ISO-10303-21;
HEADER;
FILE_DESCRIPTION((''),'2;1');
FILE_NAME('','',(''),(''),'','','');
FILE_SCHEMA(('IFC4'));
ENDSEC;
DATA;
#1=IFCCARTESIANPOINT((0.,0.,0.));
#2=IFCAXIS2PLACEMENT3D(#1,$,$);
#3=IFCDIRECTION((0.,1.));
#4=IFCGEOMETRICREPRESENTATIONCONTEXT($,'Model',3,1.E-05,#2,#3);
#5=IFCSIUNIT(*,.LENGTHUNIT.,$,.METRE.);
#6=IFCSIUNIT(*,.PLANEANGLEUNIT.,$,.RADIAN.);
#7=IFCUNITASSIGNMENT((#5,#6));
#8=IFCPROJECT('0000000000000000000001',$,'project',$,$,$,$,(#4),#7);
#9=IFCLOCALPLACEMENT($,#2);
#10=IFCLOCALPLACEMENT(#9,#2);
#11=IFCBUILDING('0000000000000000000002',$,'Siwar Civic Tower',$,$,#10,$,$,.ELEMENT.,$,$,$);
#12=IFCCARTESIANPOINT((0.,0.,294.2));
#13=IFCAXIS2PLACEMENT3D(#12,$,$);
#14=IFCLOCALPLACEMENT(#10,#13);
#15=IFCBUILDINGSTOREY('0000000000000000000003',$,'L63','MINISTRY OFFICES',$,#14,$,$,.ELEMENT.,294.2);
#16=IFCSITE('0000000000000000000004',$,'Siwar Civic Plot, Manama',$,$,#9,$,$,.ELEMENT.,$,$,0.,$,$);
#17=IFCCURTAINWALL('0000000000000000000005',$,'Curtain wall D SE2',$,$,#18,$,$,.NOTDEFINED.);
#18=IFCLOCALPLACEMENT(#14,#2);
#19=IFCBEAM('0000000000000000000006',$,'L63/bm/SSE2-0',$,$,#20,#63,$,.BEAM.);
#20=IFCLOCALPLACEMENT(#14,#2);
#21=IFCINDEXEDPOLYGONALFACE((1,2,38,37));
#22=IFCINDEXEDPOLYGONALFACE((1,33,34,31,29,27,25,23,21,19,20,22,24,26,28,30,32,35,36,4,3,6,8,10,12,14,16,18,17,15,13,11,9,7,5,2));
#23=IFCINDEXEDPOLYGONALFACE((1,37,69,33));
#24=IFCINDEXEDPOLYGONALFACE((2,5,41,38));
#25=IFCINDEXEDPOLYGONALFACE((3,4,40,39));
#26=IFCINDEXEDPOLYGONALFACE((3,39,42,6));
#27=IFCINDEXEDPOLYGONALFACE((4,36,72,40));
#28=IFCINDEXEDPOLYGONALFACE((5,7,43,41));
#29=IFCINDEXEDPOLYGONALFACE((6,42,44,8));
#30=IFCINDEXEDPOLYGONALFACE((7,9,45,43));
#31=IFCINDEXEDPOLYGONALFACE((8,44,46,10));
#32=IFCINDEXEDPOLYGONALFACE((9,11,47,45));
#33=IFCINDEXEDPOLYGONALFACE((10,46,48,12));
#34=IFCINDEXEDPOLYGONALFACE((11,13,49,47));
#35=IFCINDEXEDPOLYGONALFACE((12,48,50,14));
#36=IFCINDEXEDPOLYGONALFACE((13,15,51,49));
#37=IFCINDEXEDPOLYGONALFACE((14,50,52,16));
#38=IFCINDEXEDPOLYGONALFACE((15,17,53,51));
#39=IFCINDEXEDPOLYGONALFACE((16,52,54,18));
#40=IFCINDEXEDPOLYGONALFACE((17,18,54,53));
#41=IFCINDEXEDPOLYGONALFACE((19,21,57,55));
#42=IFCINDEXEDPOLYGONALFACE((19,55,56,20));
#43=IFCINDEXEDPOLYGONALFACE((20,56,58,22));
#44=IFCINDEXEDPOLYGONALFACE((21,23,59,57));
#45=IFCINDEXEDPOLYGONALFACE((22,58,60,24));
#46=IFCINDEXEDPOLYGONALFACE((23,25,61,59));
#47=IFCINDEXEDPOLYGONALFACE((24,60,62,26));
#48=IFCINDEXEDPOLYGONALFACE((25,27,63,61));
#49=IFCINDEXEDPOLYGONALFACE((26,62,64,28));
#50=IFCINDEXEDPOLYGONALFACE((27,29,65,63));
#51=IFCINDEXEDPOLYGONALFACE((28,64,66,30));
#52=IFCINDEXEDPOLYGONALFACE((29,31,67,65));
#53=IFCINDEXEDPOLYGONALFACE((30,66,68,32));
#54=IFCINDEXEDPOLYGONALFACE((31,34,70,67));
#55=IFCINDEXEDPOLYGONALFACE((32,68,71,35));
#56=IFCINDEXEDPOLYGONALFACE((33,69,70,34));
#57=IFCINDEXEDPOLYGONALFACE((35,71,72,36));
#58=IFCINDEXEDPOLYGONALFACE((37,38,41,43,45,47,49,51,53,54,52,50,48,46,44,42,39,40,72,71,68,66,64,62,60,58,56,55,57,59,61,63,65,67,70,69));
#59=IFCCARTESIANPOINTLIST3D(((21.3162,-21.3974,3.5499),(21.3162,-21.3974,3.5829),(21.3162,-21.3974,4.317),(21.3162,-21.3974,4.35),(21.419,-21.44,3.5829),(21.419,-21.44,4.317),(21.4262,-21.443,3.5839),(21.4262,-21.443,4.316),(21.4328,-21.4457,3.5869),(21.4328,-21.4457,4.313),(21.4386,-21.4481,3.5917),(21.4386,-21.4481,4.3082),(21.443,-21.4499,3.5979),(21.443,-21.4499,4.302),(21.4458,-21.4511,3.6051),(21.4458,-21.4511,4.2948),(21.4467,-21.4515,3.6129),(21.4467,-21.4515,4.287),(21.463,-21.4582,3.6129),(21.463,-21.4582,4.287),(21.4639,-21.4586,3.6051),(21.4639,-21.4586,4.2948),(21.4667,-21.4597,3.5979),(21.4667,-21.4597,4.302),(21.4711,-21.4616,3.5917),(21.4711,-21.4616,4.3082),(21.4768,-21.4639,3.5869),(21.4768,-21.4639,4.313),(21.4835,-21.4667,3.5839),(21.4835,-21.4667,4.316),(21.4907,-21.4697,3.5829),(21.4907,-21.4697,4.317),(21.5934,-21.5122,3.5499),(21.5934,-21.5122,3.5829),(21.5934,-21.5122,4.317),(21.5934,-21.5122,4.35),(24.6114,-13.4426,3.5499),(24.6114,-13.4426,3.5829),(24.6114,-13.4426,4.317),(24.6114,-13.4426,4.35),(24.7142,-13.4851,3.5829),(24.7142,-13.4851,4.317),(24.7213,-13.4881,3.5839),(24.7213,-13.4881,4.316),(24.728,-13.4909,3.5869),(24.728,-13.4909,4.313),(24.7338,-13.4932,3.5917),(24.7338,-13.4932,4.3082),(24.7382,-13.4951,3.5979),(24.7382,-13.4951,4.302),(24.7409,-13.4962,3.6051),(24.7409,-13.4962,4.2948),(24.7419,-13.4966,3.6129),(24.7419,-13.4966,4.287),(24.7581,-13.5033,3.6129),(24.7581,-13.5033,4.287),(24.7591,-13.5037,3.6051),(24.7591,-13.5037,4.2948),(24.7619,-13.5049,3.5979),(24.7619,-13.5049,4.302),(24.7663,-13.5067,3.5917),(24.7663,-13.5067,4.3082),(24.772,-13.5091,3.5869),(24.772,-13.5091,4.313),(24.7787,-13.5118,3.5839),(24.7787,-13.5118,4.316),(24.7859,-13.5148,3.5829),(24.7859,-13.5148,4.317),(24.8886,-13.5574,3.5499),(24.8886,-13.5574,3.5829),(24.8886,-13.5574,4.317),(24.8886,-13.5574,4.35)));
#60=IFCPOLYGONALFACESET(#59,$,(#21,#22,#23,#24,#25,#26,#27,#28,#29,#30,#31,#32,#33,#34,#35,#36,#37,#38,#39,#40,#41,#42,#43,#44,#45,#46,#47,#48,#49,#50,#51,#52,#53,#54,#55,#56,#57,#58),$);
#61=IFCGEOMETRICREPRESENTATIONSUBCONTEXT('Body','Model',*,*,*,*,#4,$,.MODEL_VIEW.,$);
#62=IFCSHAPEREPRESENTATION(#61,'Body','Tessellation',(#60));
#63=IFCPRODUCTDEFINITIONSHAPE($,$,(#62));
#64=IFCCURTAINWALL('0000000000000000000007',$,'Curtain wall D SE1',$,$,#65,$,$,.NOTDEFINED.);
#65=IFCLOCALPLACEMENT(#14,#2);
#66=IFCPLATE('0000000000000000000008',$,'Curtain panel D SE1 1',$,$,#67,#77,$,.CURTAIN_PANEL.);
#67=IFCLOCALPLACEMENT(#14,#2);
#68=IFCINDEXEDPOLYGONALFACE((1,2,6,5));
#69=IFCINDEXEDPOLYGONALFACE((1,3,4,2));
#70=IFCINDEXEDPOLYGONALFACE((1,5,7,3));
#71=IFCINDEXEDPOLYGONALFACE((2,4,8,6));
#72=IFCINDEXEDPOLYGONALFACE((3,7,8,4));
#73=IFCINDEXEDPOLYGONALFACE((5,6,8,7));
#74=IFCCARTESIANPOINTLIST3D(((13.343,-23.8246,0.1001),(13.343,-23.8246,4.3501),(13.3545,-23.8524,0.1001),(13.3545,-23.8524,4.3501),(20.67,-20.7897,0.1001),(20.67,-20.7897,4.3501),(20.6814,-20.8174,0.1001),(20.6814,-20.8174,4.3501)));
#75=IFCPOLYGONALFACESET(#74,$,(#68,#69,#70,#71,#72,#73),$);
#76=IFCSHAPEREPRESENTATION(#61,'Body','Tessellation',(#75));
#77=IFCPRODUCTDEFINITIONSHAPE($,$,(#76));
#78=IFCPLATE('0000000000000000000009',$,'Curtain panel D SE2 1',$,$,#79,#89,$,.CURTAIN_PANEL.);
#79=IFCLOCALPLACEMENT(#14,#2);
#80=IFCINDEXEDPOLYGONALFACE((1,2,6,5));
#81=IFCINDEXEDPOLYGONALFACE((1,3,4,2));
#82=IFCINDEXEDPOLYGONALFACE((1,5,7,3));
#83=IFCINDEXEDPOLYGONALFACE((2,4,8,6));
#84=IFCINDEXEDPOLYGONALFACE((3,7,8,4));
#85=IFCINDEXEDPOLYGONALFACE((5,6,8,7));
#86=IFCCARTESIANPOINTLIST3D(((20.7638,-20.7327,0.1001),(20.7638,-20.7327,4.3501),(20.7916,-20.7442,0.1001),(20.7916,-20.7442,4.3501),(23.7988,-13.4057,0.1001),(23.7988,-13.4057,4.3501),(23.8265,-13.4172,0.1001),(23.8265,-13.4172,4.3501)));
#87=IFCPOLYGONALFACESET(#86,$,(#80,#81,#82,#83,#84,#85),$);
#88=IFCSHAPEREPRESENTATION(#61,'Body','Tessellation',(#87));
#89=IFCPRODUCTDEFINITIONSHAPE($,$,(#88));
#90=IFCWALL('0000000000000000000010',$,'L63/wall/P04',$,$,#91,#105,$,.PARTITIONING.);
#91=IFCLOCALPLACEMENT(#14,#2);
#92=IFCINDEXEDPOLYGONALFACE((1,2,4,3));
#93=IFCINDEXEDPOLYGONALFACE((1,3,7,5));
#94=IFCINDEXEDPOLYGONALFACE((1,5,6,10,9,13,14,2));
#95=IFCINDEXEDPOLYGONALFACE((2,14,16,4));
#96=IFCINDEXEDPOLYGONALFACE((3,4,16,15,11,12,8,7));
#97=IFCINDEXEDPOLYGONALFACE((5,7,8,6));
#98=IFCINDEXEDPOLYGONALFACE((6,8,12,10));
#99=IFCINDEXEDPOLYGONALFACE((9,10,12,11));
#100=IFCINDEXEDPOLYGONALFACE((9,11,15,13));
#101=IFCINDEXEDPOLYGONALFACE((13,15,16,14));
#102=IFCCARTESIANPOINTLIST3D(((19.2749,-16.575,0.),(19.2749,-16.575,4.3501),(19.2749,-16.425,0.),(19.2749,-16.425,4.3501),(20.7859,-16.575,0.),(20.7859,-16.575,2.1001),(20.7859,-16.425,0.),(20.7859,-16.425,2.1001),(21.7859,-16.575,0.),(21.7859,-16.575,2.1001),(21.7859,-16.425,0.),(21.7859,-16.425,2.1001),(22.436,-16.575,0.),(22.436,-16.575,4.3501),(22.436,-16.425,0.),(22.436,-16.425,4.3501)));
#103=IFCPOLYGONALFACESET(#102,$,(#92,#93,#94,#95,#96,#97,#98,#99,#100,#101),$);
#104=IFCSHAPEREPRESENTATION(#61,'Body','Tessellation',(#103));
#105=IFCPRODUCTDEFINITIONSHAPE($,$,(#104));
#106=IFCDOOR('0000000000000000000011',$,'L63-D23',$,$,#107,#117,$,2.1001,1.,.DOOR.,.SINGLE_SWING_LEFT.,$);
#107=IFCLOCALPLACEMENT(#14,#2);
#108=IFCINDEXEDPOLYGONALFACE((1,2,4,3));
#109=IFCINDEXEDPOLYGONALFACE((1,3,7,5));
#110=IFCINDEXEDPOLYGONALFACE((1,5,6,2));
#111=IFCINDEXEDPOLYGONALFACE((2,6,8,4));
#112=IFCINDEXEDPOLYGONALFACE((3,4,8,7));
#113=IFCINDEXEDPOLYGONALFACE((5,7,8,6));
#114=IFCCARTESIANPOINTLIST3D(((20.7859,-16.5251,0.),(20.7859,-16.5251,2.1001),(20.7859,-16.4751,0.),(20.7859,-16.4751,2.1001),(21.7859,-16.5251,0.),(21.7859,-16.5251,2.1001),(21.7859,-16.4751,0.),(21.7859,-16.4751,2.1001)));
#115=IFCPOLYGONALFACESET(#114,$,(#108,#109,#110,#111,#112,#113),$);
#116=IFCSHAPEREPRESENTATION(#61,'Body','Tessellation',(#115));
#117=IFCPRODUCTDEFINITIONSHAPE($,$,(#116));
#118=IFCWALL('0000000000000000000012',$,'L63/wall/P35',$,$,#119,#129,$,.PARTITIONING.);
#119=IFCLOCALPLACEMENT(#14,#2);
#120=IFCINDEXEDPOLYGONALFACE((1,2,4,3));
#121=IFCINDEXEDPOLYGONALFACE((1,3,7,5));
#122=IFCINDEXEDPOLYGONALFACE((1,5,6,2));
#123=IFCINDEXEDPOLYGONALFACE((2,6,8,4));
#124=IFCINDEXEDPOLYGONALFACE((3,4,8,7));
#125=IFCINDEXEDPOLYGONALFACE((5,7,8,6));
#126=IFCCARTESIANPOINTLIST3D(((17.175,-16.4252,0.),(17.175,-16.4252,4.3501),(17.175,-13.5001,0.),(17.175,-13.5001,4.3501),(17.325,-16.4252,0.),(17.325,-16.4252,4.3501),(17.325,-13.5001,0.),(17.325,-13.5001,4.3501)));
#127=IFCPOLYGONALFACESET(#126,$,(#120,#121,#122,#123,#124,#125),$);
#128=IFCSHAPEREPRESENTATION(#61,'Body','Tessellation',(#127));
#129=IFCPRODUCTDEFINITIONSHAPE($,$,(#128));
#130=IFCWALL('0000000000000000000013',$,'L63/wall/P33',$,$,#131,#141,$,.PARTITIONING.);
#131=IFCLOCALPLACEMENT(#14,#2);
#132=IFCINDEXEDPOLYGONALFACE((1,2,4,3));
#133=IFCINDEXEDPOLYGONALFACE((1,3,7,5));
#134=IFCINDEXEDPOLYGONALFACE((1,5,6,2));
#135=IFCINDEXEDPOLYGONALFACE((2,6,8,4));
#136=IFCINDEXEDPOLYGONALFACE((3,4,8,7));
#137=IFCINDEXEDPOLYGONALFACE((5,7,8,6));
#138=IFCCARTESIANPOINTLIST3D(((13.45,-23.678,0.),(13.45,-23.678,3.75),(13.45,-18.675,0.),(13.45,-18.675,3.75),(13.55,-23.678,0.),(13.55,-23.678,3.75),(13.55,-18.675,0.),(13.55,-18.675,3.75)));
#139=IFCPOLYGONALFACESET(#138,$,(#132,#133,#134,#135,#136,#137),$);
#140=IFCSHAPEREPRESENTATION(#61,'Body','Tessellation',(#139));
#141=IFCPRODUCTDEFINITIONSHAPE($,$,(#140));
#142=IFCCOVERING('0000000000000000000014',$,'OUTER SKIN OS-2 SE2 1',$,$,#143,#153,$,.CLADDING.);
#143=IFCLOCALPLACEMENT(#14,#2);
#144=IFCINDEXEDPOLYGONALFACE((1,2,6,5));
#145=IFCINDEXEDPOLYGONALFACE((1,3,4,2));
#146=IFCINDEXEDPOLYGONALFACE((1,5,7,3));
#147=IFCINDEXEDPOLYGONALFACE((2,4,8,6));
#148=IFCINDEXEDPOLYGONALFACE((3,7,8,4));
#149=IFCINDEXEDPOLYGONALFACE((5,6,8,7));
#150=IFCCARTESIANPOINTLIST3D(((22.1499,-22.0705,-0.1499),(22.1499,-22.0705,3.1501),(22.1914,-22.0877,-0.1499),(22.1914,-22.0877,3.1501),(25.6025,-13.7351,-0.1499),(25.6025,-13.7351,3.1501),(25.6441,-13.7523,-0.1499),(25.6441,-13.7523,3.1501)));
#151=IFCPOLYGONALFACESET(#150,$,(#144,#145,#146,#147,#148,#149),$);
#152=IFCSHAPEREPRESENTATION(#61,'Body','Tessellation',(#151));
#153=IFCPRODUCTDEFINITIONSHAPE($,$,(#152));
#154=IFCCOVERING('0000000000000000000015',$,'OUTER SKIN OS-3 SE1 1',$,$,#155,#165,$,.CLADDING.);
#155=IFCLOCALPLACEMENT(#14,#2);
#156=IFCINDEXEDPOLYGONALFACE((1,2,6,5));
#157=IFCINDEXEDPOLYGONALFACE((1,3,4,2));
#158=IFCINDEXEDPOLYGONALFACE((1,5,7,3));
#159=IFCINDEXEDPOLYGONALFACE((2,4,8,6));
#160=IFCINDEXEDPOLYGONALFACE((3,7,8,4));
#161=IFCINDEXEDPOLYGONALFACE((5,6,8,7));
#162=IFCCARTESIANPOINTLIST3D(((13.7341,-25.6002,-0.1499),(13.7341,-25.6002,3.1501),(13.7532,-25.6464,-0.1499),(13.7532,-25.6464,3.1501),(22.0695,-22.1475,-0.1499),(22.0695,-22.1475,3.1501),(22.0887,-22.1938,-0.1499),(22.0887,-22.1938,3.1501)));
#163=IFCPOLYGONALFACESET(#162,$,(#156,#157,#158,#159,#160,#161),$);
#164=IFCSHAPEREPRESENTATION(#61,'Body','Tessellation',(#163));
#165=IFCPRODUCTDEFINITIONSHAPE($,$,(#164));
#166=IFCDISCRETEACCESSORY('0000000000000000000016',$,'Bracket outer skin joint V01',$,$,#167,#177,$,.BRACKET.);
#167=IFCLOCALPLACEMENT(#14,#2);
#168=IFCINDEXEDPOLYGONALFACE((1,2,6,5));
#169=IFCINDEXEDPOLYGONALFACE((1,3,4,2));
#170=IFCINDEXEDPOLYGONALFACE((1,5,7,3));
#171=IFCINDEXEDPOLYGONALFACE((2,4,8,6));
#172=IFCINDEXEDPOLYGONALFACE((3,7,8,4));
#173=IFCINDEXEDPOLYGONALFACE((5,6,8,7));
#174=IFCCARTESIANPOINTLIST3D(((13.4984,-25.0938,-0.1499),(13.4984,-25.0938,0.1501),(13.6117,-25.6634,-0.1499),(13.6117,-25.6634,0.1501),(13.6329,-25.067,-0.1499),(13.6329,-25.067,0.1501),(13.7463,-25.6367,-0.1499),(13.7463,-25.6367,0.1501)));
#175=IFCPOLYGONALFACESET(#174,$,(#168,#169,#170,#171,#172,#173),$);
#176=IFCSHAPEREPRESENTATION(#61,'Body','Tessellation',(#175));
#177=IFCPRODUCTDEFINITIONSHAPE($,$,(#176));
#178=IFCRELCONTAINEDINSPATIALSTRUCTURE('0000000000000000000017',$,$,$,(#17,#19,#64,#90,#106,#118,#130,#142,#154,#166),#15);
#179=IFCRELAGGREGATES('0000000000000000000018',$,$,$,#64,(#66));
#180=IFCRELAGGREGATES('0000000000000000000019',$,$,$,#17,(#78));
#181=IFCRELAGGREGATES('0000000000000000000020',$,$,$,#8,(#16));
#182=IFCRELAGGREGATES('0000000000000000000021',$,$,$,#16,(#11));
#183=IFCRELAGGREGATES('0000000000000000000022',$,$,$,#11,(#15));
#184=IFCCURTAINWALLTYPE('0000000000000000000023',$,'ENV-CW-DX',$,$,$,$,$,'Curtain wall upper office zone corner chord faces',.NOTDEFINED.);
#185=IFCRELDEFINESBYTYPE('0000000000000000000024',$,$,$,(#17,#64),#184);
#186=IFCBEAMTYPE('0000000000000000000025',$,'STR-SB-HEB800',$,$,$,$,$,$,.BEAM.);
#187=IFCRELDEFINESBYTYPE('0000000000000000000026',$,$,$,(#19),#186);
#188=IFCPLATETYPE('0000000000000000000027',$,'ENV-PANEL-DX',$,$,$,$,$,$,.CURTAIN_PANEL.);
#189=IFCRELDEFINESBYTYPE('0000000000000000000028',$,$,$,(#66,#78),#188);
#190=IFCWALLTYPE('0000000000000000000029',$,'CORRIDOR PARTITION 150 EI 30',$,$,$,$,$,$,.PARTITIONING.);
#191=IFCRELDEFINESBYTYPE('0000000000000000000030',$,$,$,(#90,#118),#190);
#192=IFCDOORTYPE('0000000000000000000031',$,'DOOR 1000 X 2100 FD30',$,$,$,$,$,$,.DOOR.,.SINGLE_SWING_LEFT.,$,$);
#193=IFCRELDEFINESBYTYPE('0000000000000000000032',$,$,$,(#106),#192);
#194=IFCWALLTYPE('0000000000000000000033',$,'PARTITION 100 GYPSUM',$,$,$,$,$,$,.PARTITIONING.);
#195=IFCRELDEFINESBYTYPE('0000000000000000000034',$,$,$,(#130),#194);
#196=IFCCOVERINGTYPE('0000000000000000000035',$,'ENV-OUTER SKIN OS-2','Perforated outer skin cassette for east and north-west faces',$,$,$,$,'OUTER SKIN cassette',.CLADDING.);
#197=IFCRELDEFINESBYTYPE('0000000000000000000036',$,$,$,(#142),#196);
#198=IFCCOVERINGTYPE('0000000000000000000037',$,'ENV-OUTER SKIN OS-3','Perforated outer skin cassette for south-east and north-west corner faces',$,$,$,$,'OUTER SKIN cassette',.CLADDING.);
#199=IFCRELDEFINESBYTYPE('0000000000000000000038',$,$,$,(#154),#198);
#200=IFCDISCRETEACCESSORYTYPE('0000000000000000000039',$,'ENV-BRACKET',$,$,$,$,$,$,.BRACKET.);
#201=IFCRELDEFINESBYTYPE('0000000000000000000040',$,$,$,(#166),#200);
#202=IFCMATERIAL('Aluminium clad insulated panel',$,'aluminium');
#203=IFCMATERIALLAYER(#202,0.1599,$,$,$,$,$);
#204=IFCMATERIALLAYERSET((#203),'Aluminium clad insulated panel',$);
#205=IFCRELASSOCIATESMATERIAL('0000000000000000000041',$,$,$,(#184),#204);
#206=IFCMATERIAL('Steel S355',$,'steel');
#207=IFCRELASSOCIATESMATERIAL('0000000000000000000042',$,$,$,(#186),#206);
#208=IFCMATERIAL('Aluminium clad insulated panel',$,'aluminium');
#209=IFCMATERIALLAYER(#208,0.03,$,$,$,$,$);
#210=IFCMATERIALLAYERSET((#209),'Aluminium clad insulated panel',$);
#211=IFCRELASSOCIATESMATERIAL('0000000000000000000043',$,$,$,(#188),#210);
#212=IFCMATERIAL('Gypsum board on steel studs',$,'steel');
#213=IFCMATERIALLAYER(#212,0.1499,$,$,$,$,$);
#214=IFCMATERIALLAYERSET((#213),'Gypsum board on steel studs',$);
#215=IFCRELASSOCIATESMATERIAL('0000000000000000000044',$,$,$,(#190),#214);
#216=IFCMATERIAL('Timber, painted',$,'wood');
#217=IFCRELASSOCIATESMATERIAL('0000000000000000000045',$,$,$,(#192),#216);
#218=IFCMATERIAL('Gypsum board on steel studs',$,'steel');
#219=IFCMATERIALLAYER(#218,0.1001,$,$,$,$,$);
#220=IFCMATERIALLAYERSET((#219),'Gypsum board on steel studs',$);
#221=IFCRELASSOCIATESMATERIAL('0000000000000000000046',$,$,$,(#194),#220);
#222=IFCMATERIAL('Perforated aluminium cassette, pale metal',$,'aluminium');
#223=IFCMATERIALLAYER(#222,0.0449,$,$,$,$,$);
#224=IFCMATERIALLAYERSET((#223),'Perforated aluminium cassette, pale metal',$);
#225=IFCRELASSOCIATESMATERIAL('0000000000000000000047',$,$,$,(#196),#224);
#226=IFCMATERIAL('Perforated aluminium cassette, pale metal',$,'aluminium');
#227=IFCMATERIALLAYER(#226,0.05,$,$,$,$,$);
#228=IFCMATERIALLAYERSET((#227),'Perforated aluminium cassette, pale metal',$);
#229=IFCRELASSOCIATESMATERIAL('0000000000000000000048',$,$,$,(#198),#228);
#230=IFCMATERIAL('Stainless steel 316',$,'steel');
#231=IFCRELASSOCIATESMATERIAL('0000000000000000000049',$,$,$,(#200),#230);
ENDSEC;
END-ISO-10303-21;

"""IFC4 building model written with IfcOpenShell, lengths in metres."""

from ifc_helpers import new_model, si_unit, direction, frame, frame_2d, origin, origin_2d, place, context, subcontext, project, spatial, rectangle, i_section, extrude, material, layer, layer_set, material_profile, profile_set, type_object, element, fill, aggregate, save


model = new_model("IFC4")

# Units and contexts
model_context = context("Model", 3, precision=1e-05, world=origin(), true_north=direction((0.0, 1.0)))
body_context = subcontext(model_context, "Body", "Model", "MODEL_VIEW")
ifc_project = project(units=[si_unit("LENGTHUNIT", "METRE"), si_unit("PLANEANGLEUNIT", "RADIAN")], contexts=[model_context])

# Site, building, storey
site_placement = place(None, origin())
site = spatial("IfcSite", under=ifc_project, at=site_placement, Name="Siwar Civic Plot, Manama", CompositionType="ELEMENT", RefElevation=0.0)
building_placement = place(site_placement, origin())
building = spatial("IfcBuilding", under=site, at=building_placement, Name="Siwar Civic Tower", CompositionType="ELEMENT")
storey_placement = place(building_placement, frame((0.0, 0.0, 294.2)))
storey = spatial("IfcBuildingStorey", under=building, at=storey_placement, Name="L63", Description="MINISTRY OFFICES", CompositionType="ELEMENT", Elevation=294.2)

# Curtain wall
ifc_material_1 = material(Name="Aluminium clad insulated panel", Category="aluminium")
ifc_layer_1 = layer(ifc_material_1, 0.1599)
ifc_layer_set_1 = layer_set([ifc_layer_1], Name="Aluminium clad insulated panel")
curtain_wall_type = type_object("IfcCurtainWallType", Name="ENV-CW-DX", ElementType="Curtain wall upper office zone corner chord faces", PredefinedType="NOTDEFINED", material=ifc_layer_set_1)
curtain_wall_1_placement = place(storey_placement, origin())
curtain_wall_1 = element("IfcCurtainWall", 1, at=curtain_wall_1_placement, inside=storey, type_object=curtain_wall_type, Name="Curtain wall D SE2", PredefinedType="NOTDEFINED")

# Beam
ifc_material_2 = material(Name="Steel S355", Category="steel")
ifc_material_profile_1 = material_profile(ifc_material_2, i_section(OverallWidth=0.3, OverallDepth=0.8, WebThickness=0.0176, FlangeThickness=0.033, FilletRadius=0.03, at=origin_2d()), Name="HEB800")
ifc_profile_set_1 = profile_set([ifc_material_profile_1], Name="Steel S355")
beam_type_1 = type_object("IfcBeamType", Name="STR-SB-HEB800", PredefinedType="BEAM", material=ifc_profile_set_1)
for number, where, z_axis, x_axis, name in (
    (2, (21.4548, -21.4548, 3.95), (0.3827, 0.923873, 0.0), (-0.923873, 0.3827, 0.0), "L63/bm/SSE2-0"),
):
    element("IfcBeam", number, at=place(storey_placement, frame(where, z_axis=z_axis, x_axis=x_axis)), inside=storey, type_object=beam_type_1, Name=name, PredefinedType="BEAM", context=body_context, shape_type="SweptSolid", body=[
        extrude(i_section(OverallWidth=0.3, OverallDepth=0.8, WebThickness=0.0176, FlangeThickness=0.033, FilletRadius=0.03, at=origin_2d()), origin(), (0.0, 0.0, 1.0), 8.6104),
    ])

# Curtain wall, plate
curtain_wall_2_placement = place(storey_placement, origin())
curtain_wall_2 = element("IfcCurtainWall", 3, at=curtain_wall_2_placement, inside=storey, type_object=curtain_wall_type, Name="Curtain wall D SE1", PredefinedType="NOTDEFINED")
ifc_material_3 = material(Name="Aluminium clad insulated panel", Category="aluminium")
ifc_layer_2 = layer(ifc_material_3, 0.03)
ifc_layer_set_2 = layer_set([ifc_layer_2], Name="Aluminium clad insulated panel")
plate_type = type_object("IfcPlateType", Name="ENV-PANEL-DX", PredefinedType="CURTAIN_PANEL", material=ifc_layer_set_2)
plate_1_placement = place(storey_placement, frame((17.0122, -22.321, 0.1001), z_axis=(0.0, 0.0, 1.0), x_axis=(0.92388, 0.382683, 0.0)))
plate_1 = element("IfcPlate", 4, at=plate_1_placement, type_object=plate_type, Name="Curtain panel D SE1 1", PredefinedType="CURTAIN_PANEL", context=body_context, shape_type="SweptSolid", body=[
    extrude(rectangle(XDim=7.9307, YDim=0.03, at=origin_2d()), origin(), (0.0, 0.0, 1.0), 4.25),
])
aggregate(curtain_wall_2, [plate_1])

# Plate
plate_2_placement = place(storey_placement, frame((22.2952, -17.075, 0.1001), z_axis=(0.0, 0.0, 1.0), x_axis=(0.382683, 0.92388, 0.0)))
plate_2 = element("IfcPlate", 5, at=plate_2_placement, type_object=plate_type, Name="Curtain panel D SE2 1", PredefinedType="CURTAIN_PANEL", context=body_context, shape_type="SweptSolid", body=[
    extrude(rectangle(XDim=7.9307, YDim=0.03, at=origin_2d()), origin(), (0.0, 0.0, 1.0), 4.25),
])
aggregate(curtain_wall_1, [plate_2])

# Wall, opening, door
ifc_material_4 = material(Name="Gypsum board on steel studs", Category="steel")
ifc_layer_3 = layer(ifc_material_4, 0.1499)
ifc_layer_set_3 = layer_set([ifc_layer_3], Name="Gypsum board on steel studs")
wall_type_1 = type_object("IfcWallType", Name="CORRIDOR PARTITION 150 EI 30", PredefinedType="PARTITIONING", material=ifc_layer_set_3)
wall_1_placement = place(storey_placement, frame((19.2749, -16.5, 0.0), z_axis=(0.0, 0.0, 1.0), x_axis=(1.0, 0.0, 0.0)))
wall_1 = element("IfcWall", 6, at=wall_1_placement, inside=storey, type_object=wall_type_1, Name="L63/wall/P04", PredefinedType="PARTITIONING", context=body_context, shape_type="SweptSolid", body=[
    extrude(rectangle(XDim=3.1611, YDim=0.1499, at=frame_2d((1.5806, 0.0))), origin(), (0.0, 0.0, 1.0), 4.3501),
])
opening_placement = place(wall_1_placement, frame((1.511, 0.0, 0.0)))
opening = element("IfcOpeningElement", 7, at=opening_placement, cuts=wall_1, PredefinedType="OPENING", context=body_context, shape_type="SweptSolid", body=[
    extrude(rectangle(XDim=1.0, YDim=2.1001, at=frame_2d((0.5, 1.05))), frame((0.0, 0.085, 0.0), z_axis=(0.0, -1.0, 0.0), x_axis=(1.0, 0.0, 0.0)), (0.0, 0.0, 1.0), 0.1699),
])
ifc_material_5 = material(Name="Timber, painted", Category="wood")
door_type = type_object("IfcDoorType", Name="DOOR 1000 X 2100 FD30", OperationType="SINGLE_SWING_LEFT", PredefinedType="DOOR", material=ifc_material_5)
door_placement = place(opening_placement, origin())
door = element("IfcDoor", 8, at=door_placement, inside=storey, type_object=door_type, Name="L63-D23", OperationType="SINGLE_SWING_LEFT", OverallHeight=2.1001, OverallWidth=1.0, PredefinedType="DOOR", context=body_context, shape_type="SweptSolid", body=[
    extrude(rectangle(XDim=1.0, YDim=2.1001, at=frame_2d((0.5, 1.05))), frame((0.0, 0.0249, 0.0), z_axis=(0.0, -1.0, 0.0), x_axis=(1.0, 0.0, 0.0)), (0.0, 0.0, 1.0), 0.05),
])
fill(opening, door)

# Walls
wall_2_placement = place(storey_placement, frame((17.25, -16.425, 0.0), z_axis=(0.0, 0.0, 1.0), x_axis=(0.0, 1.0, 0.0)))
element("IfcWall", 9, at=wall_2_placement, inside=storey, type_object=wall_type_1, Name="L63/wall/P35", PredefinedType="PARTITIONING", context=body_context, shape_type="SweptSolid", body=[
    extrude(rectangle(XDim=2.925, YDim=0.1499, at=frame_2d((1.4624, 0.0))), origin(), (0.0, 0.0, 1.0), 4.3501),
])
ifc_material_6 = material(Name="Gypsum board on steel studs", Category="steel")
ifc_layer_4 = layer(ifc_material_6, 0.1001)
ifc_layer_set_4 = layer_set([ifc_layer_4], Name="Gypsum board on steel studs")
wall_type_2 = type_object("IfcWallType", Name="PARTITION 100 GYPSUM", PredefinedType="PARTITIONING", material=ifc_layer_set_4)
wall_3_placement = place(storey_placement, frame((13.5, -23.678, 0.0), z_axis=(0.0, 0.0, 1.0), x_axis=(0.0, 1.0, 0.0)))
element("IfcWall", 10, at=wall_3_placement, inside=storey, type_object=wall_type_2, Name="L63/wall/P33", PredefinedType="PARTITIONING", context=body_context, shape_type="SweptSolid", body=[
    extrude(rectangle(XDim=5.0029, YDim=0.1001, at=frame_2d((2.5015, 0.0))), origin(), (0.0, 0.0, 1.0), 3.75),
])

# Coverings
ifc_material_7 = material(Name="Perforated aluminium cassette, pale metal", Category="aluminium")
ifc_layer_5 = layer(ifc_material_7, 0.0449)
ifc_layer_set_5 = layer_set([ifc_layer_5], Name="Perforated aluminium cassette, pale metal")
covering_type_1 = type_object("IfcCoveringType", Name="ENV-OUTER SKIN OS-2", Description="Perforated outer skin cassette for east and north-west faces", ElementType="OUTER SKIN cassette", PredefinedType="CLADDING", material=ifc_layer_set_5)
covering_1_placement = place(storey_placement, frame((23.897, -17.9114, -0.1499), z_axis=(0.0, 0.0, 1.0), x_axis=(0.382683, 0.92388, 0.0)))
element("IfcCovering", 11, at=covering_1_placement, inside=storey, type_object=covering_type_1, Name="OUTER SKIN OS-2 SE2 1", PredefinedType="CLADDING", context=body_context, shape_type="SweptSolid", body=[
    extrude(rectangle(XDim=9.0222, YDim=0.0449, at=origin_2d()), origin(), (0.0, 0.0, 1.0), 3.3),
])
ifc_material_8 = material(Name="Perforated aluminium cassette, pale metal", Category="aluminium")
ifc_layer_6 = layer(ifc_material_8, 0.05)
ifc_layer_set_6 = layer_set([ifc_layer_6], Name="Perforated aluminium cassette, pale metal")
covering_type_2 = type_object("IfcCoveringType", Name="ENV-OUTER SKIN OS-3", Description="Perforated outer skin cassette for south-east and north-west corner faces", ElementType="OUTER SKIN cassette", PredefinedType="CLADDING", material=ifc_layer_set_6)
covering_2_placement = place(storey_placement, frame((17.9114, -23.897, -0.1499), z_axis=(0.0, 0.0, 1.0), x_axis=(0.92388, 0.382683, 0.0)))
element("IfcCovering", 12, at=covering_2_placement, inside=storey, type_object=covering_type_2, Name="OUTER SKIN OS-3 SE1 1", PredefinedType="CLADDING", context=body_context, shape_type="SweptSolid", body=[
    extrude(rectangle(XDim=9.0222, YDim=0.05, at=origin_2d()), origin(), (0.0, 0.0, 1.0), 3.3),
])

# Discrete accessory
ifc_material_9 = material(Name="Stainless steel 316", Category="steel")
discrete_accessory_type = type_object("IfcDiscreteAccessoryType", Name="ENV-BRACKET", PredefinedType="BRACKET", material=ifc_material_9)
discrete_accessory_1_placement = place(storey_placement, frame((13.6223, -25.3652, -0.1499), z_axis=(0.0, 0.0, 1.0), x_axis=(0.19509, -0.980785, 0.0)))
element("IfcDiscreteAccessory", 13, at=discrete_accessory_1_placement, inside=storey, type_object=discrete_accessory_type, Name="Bracket outer skin joint V01", PredefinedType="BRACKET", context=body_context, shape_type="SweptSolid", body=[
    extrude(rectangle(XDim=0.5808, YDim=0.1372, at=origin_2d()), origin(), (0.0, 0.0, 1.0), 0.3),
])

save(model, "model.ifc")
